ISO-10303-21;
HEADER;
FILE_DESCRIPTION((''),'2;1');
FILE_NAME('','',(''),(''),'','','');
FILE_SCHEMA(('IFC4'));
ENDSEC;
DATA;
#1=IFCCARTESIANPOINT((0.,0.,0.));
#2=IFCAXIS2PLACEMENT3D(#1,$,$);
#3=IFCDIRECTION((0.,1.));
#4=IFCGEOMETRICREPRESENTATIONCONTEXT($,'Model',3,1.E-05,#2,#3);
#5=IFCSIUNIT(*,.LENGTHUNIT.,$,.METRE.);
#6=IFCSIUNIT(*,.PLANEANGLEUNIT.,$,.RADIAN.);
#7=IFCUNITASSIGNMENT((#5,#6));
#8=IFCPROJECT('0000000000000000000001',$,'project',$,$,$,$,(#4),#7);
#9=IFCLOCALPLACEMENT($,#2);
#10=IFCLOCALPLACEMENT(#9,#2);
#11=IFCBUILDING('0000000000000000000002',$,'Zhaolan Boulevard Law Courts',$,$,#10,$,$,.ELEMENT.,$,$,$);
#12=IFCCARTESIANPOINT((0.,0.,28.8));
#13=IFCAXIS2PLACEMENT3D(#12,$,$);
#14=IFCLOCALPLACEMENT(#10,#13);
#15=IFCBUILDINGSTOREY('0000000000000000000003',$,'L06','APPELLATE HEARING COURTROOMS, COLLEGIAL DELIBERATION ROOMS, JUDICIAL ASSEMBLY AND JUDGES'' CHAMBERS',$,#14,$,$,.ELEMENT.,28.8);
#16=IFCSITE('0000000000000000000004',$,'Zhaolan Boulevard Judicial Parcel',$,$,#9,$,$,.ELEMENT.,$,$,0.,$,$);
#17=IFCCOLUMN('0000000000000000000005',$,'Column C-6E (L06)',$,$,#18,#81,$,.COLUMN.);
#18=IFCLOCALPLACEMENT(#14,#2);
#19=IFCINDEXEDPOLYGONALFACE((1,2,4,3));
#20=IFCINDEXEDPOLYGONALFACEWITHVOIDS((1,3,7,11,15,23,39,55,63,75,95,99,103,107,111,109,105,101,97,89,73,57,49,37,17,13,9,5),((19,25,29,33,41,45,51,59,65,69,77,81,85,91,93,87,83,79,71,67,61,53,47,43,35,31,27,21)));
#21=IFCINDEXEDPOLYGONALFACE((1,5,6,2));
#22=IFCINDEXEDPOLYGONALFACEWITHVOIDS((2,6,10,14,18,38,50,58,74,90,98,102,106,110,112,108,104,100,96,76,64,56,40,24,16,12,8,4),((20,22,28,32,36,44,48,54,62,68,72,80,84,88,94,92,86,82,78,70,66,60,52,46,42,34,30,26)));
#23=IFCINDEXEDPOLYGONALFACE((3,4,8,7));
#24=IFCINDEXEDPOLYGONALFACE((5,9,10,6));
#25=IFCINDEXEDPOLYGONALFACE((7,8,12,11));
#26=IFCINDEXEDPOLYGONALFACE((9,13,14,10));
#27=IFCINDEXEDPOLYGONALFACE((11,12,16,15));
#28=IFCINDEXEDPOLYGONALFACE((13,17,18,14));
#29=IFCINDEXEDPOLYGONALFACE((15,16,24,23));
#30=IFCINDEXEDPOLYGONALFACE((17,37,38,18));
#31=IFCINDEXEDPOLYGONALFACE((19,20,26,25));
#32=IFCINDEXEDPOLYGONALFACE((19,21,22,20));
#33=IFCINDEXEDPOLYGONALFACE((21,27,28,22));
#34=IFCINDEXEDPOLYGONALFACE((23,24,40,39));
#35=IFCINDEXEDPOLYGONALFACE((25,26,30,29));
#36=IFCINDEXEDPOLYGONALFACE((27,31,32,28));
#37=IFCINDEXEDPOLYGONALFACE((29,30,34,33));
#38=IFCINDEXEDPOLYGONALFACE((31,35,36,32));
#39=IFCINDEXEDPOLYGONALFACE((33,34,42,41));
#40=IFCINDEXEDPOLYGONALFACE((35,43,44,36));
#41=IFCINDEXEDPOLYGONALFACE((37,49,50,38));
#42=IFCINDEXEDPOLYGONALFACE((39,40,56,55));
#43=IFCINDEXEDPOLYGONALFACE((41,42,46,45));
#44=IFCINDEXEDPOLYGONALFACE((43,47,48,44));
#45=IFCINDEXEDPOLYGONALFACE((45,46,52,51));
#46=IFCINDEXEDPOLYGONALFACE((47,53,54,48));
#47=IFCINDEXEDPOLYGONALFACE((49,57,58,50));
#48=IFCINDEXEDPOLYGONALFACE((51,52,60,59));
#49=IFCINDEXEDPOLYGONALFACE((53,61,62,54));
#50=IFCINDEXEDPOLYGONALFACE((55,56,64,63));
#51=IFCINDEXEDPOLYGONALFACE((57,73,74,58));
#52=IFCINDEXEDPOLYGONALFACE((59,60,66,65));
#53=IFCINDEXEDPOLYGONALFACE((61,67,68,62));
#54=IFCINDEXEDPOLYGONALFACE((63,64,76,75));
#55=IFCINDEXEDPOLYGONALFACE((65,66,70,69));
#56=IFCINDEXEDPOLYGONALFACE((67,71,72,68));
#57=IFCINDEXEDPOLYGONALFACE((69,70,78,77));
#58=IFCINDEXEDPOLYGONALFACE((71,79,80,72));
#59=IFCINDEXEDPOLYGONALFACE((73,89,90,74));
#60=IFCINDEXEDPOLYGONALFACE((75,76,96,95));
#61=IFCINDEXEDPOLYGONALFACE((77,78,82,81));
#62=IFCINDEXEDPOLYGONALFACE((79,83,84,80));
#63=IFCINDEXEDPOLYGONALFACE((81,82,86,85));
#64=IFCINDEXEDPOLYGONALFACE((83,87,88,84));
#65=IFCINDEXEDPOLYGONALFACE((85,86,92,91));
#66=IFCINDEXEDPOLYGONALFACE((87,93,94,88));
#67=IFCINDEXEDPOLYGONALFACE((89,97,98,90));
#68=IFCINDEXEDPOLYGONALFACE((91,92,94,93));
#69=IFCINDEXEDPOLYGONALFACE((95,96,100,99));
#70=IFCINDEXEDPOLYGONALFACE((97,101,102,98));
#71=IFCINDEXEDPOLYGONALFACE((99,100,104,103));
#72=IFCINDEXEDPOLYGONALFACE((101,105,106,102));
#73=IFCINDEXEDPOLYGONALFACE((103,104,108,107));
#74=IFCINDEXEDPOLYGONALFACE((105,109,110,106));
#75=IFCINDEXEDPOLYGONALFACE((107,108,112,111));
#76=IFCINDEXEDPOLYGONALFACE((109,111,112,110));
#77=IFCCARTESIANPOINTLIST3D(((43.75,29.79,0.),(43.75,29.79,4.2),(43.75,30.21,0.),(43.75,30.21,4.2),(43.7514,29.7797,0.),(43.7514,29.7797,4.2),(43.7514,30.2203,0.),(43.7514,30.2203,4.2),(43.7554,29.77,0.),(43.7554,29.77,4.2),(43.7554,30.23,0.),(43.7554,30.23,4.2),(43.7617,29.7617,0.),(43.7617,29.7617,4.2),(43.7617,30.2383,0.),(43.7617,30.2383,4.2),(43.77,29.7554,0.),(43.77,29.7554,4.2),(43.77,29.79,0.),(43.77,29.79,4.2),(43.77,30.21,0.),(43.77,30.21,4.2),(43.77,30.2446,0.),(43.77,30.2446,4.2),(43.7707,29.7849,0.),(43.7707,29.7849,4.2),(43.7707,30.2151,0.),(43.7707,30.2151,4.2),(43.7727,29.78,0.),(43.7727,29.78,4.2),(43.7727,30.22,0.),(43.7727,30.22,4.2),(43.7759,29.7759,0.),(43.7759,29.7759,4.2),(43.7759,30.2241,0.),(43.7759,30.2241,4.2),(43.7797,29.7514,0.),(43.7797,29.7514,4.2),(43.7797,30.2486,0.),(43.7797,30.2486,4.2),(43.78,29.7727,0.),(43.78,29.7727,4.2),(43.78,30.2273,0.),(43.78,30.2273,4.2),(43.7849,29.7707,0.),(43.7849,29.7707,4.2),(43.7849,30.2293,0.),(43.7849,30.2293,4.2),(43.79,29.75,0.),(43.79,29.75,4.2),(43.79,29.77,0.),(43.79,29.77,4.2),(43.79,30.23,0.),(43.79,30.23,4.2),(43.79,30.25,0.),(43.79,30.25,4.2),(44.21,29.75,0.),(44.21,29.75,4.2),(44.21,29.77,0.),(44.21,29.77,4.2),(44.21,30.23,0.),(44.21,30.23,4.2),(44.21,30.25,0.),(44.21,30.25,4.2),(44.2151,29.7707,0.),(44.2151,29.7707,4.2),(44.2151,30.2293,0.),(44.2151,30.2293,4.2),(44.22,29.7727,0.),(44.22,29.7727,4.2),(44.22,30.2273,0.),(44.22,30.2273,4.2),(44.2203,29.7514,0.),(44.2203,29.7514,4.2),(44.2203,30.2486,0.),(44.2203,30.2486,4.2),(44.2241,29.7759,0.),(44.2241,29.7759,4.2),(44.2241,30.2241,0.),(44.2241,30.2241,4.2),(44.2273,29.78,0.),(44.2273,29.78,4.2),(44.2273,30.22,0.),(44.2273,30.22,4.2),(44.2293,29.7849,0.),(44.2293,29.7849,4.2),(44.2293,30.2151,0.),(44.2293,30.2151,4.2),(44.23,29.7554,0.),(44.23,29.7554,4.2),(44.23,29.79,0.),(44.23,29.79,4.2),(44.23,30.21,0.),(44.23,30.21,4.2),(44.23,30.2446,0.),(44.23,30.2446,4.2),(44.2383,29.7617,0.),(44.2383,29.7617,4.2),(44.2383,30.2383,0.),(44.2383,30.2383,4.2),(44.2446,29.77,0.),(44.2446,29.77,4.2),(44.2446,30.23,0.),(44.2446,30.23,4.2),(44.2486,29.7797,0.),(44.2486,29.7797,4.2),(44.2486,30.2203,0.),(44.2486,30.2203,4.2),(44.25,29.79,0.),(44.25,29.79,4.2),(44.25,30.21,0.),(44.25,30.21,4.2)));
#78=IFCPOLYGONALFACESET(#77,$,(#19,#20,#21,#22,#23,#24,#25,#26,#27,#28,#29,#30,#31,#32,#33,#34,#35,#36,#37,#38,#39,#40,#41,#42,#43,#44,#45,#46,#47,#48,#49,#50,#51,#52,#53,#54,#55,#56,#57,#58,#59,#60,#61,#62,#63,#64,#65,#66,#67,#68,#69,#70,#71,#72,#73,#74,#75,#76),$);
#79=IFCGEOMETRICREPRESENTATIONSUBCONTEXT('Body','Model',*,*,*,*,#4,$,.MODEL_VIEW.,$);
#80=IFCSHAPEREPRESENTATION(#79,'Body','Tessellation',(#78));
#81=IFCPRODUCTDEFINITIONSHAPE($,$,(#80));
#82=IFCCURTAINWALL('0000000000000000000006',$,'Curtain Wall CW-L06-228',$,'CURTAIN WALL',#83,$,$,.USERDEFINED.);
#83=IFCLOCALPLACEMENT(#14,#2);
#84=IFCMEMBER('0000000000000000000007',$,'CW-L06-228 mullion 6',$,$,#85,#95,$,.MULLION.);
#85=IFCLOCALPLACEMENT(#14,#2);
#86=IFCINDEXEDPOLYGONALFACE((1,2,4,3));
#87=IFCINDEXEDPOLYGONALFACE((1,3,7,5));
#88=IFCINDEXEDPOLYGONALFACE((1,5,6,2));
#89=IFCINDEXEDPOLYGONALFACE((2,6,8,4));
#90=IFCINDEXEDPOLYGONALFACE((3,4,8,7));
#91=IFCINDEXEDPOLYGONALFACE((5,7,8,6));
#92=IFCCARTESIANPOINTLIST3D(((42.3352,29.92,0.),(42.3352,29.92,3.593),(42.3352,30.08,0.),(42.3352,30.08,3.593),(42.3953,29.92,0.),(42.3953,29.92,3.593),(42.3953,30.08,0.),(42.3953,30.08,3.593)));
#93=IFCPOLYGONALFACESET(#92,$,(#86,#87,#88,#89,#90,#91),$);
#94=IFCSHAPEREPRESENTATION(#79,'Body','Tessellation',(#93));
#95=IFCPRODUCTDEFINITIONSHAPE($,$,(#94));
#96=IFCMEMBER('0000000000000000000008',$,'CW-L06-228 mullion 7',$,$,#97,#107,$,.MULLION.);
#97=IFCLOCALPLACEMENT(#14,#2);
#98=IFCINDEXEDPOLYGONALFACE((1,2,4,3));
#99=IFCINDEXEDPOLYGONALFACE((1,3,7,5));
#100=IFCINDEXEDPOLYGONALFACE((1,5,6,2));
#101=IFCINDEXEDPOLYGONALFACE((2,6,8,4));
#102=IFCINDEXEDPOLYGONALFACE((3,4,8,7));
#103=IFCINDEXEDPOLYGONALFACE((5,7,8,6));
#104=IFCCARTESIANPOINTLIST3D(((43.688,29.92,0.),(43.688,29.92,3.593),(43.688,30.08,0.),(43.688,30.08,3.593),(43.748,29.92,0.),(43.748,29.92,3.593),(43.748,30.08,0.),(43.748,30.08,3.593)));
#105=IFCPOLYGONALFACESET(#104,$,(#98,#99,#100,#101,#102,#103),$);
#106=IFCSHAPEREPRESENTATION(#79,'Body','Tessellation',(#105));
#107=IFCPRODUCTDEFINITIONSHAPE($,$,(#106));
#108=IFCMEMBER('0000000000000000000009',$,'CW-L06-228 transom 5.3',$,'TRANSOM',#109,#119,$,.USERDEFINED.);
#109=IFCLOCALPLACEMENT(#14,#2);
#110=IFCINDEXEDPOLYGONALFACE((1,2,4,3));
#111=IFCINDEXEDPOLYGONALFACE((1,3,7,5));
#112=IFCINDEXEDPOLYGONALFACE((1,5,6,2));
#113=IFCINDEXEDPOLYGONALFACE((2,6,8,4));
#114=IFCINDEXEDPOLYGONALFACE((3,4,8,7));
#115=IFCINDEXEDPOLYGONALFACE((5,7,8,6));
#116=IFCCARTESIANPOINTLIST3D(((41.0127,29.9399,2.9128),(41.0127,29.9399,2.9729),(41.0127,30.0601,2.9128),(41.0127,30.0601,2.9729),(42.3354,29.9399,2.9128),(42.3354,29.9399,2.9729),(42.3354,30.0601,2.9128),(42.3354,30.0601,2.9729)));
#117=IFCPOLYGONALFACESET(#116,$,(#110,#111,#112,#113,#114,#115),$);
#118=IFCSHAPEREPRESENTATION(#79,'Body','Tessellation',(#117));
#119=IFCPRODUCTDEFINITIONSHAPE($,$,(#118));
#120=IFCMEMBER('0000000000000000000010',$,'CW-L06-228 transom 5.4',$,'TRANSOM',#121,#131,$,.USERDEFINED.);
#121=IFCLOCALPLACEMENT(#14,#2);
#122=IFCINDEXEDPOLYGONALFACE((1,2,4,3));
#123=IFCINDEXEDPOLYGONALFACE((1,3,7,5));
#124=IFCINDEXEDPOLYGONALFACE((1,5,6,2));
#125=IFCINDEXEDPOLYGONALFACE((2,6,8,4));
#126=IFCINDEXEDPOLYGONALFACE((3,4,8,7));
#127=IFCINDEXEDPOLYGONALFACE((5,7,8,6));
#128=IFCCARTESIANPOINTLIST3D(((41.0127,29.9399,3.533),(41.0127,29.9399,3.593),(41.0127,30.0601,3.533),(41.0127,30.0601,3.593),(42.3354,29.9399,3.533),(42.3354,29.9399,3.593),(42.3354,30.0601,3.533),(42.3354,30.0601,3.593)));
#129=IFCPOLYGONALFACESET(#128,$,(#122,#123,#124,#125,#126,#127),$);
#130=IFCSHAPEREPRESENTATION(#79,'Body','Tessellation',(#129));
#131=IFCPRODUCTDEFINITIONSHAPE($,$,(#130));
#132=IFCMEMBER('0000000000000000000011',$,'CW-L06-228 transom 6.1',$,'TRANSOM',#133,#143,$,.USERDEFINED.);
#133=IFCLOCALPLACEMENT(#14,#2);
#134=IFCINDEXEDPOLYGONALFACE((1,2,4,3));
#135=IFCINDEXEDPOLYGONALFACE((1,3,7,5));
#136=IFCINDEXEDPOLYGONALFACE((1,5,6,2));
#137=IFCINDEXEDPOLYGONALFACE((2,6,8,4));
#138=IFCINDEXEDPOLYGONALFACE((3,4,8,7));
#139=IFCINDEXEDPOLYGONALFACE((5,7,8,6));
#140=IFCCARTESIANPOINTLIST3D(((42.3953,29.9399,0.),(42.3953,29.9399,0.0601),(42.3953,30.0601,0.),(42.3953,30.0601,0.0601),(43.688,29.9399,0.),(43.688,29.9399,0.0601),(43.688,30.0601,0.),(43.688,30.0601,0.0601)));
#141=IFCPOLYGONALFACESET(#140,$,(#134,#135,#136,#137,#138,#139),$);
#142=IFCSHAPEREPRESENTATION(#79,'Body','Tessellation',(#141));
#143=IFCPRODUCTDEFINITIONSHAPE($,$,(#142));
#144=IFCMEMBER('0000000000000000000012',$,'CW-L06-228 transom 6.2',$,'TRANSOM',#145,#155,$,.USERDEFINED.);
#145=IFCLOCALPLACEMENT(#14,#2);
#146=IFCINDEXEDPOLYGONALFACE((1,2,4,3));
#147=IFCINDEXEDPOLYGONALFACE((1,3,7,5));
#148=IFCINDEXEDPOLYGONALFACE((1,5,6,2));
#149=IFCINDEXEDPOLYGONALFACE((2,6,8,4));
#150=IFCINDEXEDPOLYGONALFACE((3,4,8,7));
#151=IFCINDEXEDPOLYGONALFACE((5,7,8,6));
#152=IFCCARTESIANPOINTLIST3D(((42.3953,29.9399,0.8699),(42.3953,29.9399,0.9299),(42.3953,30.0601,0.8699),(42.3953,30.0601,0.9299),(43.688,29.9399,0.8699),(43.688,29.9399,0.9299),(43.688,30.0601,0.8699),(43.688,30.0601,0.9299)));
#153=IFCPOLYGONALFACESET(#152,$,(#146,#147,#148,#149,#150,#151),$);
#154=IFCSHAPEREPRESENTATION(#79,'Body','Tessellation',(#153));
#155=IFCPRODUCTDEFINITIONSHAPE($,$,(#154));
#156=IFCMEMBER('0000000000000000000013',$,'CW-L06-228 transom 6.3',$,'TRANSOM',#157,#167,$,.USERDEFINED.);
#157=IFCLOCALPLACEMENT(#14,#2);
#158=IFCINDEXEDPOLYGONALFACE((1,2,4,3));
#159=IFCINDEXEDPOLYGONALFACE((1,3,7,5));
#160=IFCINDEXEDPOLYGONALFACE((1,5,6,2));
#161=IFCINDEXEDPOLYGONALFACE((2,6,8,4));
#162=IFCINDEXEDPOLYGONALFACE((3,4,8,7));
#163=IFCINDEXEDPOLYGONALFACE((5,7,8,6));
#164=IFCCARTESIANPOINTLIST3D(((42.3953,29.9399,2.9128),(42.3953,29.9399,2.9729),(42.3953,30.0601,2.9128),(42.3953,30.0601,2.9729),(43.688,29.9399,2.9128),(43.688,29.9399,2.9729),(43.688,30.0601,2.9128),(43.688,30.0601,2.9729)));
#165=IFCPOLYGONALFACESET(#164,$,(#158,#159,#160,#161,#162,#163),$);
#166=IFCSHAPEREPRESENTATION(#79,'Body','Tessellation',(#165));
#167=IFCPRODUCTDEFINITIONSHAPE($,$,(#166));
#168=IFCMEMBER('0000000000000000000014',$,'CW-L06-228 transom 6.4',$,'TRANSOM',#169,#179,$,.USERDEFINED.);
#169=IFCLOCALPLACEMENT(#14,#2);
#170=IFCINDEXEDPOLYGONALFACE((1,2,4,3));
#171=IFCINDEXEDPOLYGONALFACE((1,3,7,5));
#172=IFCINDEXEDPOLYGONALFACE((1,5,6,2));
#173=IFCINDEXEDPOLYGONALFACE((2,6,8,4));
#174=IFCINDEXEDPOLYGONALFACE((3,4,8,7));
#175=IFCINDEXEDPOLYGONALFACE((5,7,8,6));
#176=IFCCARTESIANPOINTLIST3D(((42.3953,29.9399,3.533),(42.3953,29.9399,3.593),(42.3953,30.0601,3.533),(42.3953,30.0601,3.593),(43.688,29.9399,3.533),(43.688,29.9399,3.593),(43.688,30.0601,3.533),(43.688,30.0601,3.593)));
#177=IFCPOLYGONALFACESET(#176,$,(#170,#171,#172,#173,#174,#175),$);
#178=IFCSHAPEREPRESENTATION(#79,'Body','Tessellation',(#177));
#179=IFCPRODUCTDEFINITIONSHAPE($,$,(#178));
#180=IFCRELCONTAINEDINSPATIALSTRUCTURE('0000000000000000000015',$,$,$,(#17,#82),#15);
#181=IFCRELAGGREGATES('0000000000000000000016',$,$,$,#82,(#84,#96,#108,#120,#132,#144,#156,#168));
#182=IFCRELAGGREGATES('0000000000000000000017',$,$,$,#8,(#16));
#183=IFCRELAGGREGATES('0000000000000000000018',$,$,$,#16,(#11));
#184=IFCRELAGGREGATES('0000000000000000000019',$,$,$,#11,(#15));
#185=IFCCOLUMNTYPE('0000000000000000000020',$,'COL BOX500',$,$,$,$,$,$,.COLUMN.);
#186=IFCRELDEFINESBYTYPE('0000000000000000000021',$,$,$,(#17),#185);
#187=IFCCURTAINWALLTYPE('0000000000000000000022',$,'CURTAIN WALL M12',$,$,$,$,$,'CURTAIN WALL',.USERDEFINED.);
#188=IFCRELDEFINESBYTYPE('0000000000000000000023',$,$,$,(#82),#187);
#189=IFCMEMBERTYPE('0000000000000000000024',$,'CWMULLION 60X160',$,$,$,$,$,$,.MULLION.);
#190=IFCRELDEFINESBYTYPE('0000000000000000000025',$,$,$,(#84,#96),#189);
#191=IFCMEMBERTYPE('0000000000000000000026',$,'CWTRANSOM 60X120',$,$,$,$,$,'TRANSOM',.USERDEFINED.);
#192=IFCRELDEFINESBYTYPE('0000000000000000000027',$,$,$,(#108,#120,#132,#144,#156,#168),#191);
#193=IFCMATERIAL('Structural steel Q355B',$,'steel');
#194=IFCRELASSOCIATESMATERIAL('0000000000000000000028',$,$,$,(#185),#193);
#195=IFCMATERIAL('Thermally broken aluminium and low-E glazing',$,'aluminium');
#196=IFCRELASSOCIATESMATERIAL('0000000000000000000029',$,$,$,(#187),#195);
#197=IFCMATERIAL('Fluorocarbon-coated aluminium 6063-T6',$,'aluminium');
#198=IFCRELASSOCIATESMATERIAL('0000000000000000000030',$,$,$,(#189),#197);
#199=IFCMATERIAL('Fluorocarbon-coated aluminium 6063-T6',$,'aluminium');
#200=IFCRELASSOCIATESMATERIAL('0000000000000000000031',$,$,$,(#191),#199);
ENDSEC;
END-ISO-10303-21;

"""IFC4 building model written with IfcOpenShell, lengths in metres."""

from ifc_helpers import new_model, si_unit, direction, frame, origin, origin_2d, place, context, subcontext, project, spatial, rectangle, hollow_rectangle, extrude, material, material_profile, profile_set, type_object, element, aggregate, save


model = new_model("IFC4")

# Units and contexts
model_context = context("Model", 3, precision=1e-05, world=origin(), true_north=direction((0.0, 1.0)))
body_context = subcontext(model_context, "Body", "Model", "MODEL_VIEW")
ifc_project = project(units=[si_unit("LENGTHUNIT", "METRE"), si_unit("PLANEANGLEUNIT", "RADIAN")], contexts=[model_context])

# Site, building, storey
site_placement = place(None, origin())
site = spatial("IfcSite", under=ifc_project, at=site_placement, Name="Zhaolan Boulevard Judicial Parcel", CompositionType="ELEMENT", RefElevation=0.0)
building_placement = place(site_placement, origin())
building = spatial("IfcBuilding", under=site, at=building_placement, Name="Zhaolan Boulevard Law Courts", CompositionType="ELEMENT")
storey_placement = place(building_placement, frame((0.0, 0.0, 28.8)))
storey = spatial("IfcBuildingStorey", under=building, at=storey_placement, Name="L06", Description="APPELLATE HEARING COURTROOMS, COLLEGIAL DELIBERATION ROOMS, JUDICIAL ASSEMBLY AND JUDGES' CHAMBERS", CompositionType="ELEMENT", Elevation=28.8)

# Column
ifc_material_1 = material(Name="Structural steel Q355B", Category="steel")
ifc_material_profile_1 = material_profile(ifc_material_1, hollow_rectangle(XDim=0.5, YDim=0.5, WallThickness=0.02, InnerFilletRadius=0.02, OuterFilletRadius=0.04, at=origin_2d()), Name="BOX500x500x20")
ifc_profile_set_1 = profile_set([ifc_material_profile_1], Name="Structural steel Q355B")
column_type = type_object("IfcColumnType", Name="COL BOX500", PredefinedType="COLUMN", material=ifc_profile_set_1)
column_placement = place(storey_placement, frame((44.0, 30.0, 0.0), z_axis=(0.0, 0.0, 1.0), x_axis=(1.0, 0.0, 0.0)))
element("IfcColumn", 1, at=column_placement, inside=storey, type_object=column_type, Name="Column C-6E (L06)", PredefinedType="COLUMN", context=body_context, shape_type="SweptSolid", body=[
    extrude(hollow_rectangle(XDim=0.5, YDim=0.5, WallThickness=0.02, InnerFilletRadius=0.02, OuterFilletRadius=0.04, at=origin_2d()), origin(), (0.0, 0.0, 1.0), 4.2),
])

# Curtain wall, members
ifc_material_2 = material(Name="Thermally broken aluminium and low-E glazing", Category="aluminium")
curtain_wall_type = type_object("IfcCurtainWallType", Name="CURTAIN WALL M12", ElementType="CURTAIN WALL", PredefinedType="USERDEFINED", material=ifc_material_2)
curtain_wall_placement = place(storey_placement, origin())
curtain_wall = element("IfcCurtainWall", 2, at=curtain_wall_placement, inside=storey, type_object=curtain_wall_type, Name="Curtain Wall CW-L06-228", ObjectType="CURTAIN WALL", PredefinedType="USERDEFINED")
ifc_material_3 = material(Name="Fluorocarbon-coated aluminium 6063-T6", Category="aluminium")
ifc_material_profile_2 = material_profile(ifc_material_3, rectangle(XDim=0.1599, YDim=0.0601, at=origin_2d()), Name="AL60x160")
ifc_profile_set_2 = profile_set([ifc_material_profile_2], Name="Fluorocarbon-coated aluminium 6063-T6")
member_type_1 = type_object("IfcMemberType", Name="CWMULLION 60X160", PredefinedType="MULLION", material=ifc_profile_set_2)
member_1_placement = place(storey_placement, frame((42.3652, 30.0, 0.0), z_axis=(0.0, 0.0, 1.0), x_axis=(0.0, 1.0, 0.0)))
member_1 = element("IfcMember", 3, at=member_1_placement, type_object=member_type_1, Name="CW-L06-228 mullion 6", PredefinedType="MULLION", context=body_context, shape_type="SweptSolid", body=[
    extrude(rectangle(XDim=0.1599, YDim=0.0601, at=origin_2d()), origin(), (0.0, 0.0, 1.0), 3.593),
])
member_2_placement = place(storey_placement, frame((43.718, 30.0, 0.0), z_axis=(0.0, 0.0, 1.0), x_axis=(0.0, 1.0, 0.0)))
member_2 = element("IfcMember", 4, at=member_2_placement, type_object=member_type_1, Name="CW-L06-228 mullion 7", PredefinedType="MULLION", context=body_context, shape_type="SweptSolid", body=[
    extrude(rectangle(XDim=0.1599, YDim=0.0601, at=origin_2d()), origin(), (0.0, 0.0, 1.0), 3.593),
])
ifc_material_4 = material(Name="Fluorocarbon-coated aluminium 6063-T6", Category="aluminium")
ifc_material_profile_3 = material_profile(ifc_material_4, rectangle(XDim=0.1201, YDim=0.0601, at=origin_2d()), Name="AL60x120")
ifc_profile_set_3 = profile_set([ifc_material_profile_3], Name="Fluorocarbon-coated aluminium 6063-T6")
member_type_2 = type_object("IfcMemberType", Name="CWTRANSOM 60X120", ElementType="TRANSOM", PredefinedType="USERDEFINED", material=ifc_profile_set_3)
member_3_placement = place(storey_placement, frame((41.0127, 30.0, 2.9429), z_axis=(1.0, 0.0, 0.0), x_axis=(0.0, 1.0, 0.0)))
member_3 = element("IfcMember", 5, at=member_3_placement, type_object=member_type_2, Name="CW-L06-228 transom 5.3", ObjectType="TRANSOM", PredefinedType="USERDEFINED", context=body_context, shape_type="SweptSolid", body=[
    extrude(rectangle(XDim=0.1201, YDim=0.0601, at=origin_2d()), origin(), (0.0, 0.0, 1.0), 1.3228),
])
member_4_placement = place(storey_placement, frame((41.0127, 30.0, 3.563), z_axis=(1.0, 0.0, 0.0), x_axis=(0.0, 1.0, 0.0)))
member_4 = element("IfcMember", 6, at=member_4_placement, type_object=member_type_2, Name="CW-L06-228 transom 5.4", ObjectType="TRANSOM", PredefinedType="USERDEFINED", context=body_context, shape_type="SweptSolid", body=[
    extrude(rectangle(XDim=0.1201, YDim=0.0601, at=origin_2d()), origin(), (0.0, 0.0, 1.0), 1.3228),
])
member_5_placement = place(storey_placement, frame((42.3953, 30.0, 0.03), z_axis=(1.0, 0.0, 0.0), x_axis=(0.0, 1.0, 0.0)))
member_5 = element("IfcMember", 7, at=member_5_placement, type_object=member_type_2, Name="CW-L06-228 transom 6.1", ObjectType="TRANSOM", PredefinedType="USERDEFINED", context=body_context, shape_type="SweptSolid", body=[
    extrude(rectangle(XDim=0.1201, YDim=0.0601, at=origin_2d()), origin(), (0.0, 0.0, 1.0), 1.2927),
])
member_6_placement = place(storey_placement, frame((42.3953, 30.0, 0.8999), z_axis=(1.0, 0.0, 0.0), x_axis=(0.0, 1.0, 0.0)))
member_6 = element("IfcMember", 8, at=member_6_placement, type_object=member_type_2, Name="CW-L06-228 transom 6.2", ObjectType="TRANSOM", PredefinedType="USERDEFINED", context=body_context, shape_type="SweptSolid", body=[
    extrude(rectangle(XDim=0.1201, YDim=0.0601, at=origin_2d()), origin(), (0.0, 0.0, 1.0), 1.2927),
])
member_7_placement = place(storey_placement, frame((42.3953, 30.0, 2.9429), z_axis=(1.0, 0.0, 0.0), x_axis=(0.0, 1.0, 0.0)))
member_7 = element("IfcMember", 9, at=member_7_placement, type_object=member_type_2, Name="CW-L06-228 transom 6.3", ObjectType="TRANSOM", PredefinedType="USERDEFINED", context=body_context, shape_type="SweptSolid", body=[
    extrude(rectangle(XDim=0.1201, YDim=0.0601, at=origin_2d()), origin(), (0.0, 0.0, 1.0), 1.2927),
])
member_8_placement = place(storey_placement, frame((42.3953, 30.0, 3.563), z_axis=(1.0, 0.0, 0.0), x_axis=(0.0, 1.0, 0.0)))
member_8 = element("IfcMember", 10, at=member_8_placement, type_object=member_type_2, Name="CW-L06-228 transom 6.4", ObjectType="TRANSOM", PredefinedType="USERDEFINED", context=body_context, shape_type="SweptSolid", body=[
    extrude(rectangle(XDim=0.1201, YDim=0.0601, at=origin_2d()), origin(), (0.0, 0.0, 1.0), 1.2927),
])

aggregate(curtain_wall, [member_1, member_2, member_3, member_4, member_5, member_6, member_7, member_8])

save(model, "model.ifc")
